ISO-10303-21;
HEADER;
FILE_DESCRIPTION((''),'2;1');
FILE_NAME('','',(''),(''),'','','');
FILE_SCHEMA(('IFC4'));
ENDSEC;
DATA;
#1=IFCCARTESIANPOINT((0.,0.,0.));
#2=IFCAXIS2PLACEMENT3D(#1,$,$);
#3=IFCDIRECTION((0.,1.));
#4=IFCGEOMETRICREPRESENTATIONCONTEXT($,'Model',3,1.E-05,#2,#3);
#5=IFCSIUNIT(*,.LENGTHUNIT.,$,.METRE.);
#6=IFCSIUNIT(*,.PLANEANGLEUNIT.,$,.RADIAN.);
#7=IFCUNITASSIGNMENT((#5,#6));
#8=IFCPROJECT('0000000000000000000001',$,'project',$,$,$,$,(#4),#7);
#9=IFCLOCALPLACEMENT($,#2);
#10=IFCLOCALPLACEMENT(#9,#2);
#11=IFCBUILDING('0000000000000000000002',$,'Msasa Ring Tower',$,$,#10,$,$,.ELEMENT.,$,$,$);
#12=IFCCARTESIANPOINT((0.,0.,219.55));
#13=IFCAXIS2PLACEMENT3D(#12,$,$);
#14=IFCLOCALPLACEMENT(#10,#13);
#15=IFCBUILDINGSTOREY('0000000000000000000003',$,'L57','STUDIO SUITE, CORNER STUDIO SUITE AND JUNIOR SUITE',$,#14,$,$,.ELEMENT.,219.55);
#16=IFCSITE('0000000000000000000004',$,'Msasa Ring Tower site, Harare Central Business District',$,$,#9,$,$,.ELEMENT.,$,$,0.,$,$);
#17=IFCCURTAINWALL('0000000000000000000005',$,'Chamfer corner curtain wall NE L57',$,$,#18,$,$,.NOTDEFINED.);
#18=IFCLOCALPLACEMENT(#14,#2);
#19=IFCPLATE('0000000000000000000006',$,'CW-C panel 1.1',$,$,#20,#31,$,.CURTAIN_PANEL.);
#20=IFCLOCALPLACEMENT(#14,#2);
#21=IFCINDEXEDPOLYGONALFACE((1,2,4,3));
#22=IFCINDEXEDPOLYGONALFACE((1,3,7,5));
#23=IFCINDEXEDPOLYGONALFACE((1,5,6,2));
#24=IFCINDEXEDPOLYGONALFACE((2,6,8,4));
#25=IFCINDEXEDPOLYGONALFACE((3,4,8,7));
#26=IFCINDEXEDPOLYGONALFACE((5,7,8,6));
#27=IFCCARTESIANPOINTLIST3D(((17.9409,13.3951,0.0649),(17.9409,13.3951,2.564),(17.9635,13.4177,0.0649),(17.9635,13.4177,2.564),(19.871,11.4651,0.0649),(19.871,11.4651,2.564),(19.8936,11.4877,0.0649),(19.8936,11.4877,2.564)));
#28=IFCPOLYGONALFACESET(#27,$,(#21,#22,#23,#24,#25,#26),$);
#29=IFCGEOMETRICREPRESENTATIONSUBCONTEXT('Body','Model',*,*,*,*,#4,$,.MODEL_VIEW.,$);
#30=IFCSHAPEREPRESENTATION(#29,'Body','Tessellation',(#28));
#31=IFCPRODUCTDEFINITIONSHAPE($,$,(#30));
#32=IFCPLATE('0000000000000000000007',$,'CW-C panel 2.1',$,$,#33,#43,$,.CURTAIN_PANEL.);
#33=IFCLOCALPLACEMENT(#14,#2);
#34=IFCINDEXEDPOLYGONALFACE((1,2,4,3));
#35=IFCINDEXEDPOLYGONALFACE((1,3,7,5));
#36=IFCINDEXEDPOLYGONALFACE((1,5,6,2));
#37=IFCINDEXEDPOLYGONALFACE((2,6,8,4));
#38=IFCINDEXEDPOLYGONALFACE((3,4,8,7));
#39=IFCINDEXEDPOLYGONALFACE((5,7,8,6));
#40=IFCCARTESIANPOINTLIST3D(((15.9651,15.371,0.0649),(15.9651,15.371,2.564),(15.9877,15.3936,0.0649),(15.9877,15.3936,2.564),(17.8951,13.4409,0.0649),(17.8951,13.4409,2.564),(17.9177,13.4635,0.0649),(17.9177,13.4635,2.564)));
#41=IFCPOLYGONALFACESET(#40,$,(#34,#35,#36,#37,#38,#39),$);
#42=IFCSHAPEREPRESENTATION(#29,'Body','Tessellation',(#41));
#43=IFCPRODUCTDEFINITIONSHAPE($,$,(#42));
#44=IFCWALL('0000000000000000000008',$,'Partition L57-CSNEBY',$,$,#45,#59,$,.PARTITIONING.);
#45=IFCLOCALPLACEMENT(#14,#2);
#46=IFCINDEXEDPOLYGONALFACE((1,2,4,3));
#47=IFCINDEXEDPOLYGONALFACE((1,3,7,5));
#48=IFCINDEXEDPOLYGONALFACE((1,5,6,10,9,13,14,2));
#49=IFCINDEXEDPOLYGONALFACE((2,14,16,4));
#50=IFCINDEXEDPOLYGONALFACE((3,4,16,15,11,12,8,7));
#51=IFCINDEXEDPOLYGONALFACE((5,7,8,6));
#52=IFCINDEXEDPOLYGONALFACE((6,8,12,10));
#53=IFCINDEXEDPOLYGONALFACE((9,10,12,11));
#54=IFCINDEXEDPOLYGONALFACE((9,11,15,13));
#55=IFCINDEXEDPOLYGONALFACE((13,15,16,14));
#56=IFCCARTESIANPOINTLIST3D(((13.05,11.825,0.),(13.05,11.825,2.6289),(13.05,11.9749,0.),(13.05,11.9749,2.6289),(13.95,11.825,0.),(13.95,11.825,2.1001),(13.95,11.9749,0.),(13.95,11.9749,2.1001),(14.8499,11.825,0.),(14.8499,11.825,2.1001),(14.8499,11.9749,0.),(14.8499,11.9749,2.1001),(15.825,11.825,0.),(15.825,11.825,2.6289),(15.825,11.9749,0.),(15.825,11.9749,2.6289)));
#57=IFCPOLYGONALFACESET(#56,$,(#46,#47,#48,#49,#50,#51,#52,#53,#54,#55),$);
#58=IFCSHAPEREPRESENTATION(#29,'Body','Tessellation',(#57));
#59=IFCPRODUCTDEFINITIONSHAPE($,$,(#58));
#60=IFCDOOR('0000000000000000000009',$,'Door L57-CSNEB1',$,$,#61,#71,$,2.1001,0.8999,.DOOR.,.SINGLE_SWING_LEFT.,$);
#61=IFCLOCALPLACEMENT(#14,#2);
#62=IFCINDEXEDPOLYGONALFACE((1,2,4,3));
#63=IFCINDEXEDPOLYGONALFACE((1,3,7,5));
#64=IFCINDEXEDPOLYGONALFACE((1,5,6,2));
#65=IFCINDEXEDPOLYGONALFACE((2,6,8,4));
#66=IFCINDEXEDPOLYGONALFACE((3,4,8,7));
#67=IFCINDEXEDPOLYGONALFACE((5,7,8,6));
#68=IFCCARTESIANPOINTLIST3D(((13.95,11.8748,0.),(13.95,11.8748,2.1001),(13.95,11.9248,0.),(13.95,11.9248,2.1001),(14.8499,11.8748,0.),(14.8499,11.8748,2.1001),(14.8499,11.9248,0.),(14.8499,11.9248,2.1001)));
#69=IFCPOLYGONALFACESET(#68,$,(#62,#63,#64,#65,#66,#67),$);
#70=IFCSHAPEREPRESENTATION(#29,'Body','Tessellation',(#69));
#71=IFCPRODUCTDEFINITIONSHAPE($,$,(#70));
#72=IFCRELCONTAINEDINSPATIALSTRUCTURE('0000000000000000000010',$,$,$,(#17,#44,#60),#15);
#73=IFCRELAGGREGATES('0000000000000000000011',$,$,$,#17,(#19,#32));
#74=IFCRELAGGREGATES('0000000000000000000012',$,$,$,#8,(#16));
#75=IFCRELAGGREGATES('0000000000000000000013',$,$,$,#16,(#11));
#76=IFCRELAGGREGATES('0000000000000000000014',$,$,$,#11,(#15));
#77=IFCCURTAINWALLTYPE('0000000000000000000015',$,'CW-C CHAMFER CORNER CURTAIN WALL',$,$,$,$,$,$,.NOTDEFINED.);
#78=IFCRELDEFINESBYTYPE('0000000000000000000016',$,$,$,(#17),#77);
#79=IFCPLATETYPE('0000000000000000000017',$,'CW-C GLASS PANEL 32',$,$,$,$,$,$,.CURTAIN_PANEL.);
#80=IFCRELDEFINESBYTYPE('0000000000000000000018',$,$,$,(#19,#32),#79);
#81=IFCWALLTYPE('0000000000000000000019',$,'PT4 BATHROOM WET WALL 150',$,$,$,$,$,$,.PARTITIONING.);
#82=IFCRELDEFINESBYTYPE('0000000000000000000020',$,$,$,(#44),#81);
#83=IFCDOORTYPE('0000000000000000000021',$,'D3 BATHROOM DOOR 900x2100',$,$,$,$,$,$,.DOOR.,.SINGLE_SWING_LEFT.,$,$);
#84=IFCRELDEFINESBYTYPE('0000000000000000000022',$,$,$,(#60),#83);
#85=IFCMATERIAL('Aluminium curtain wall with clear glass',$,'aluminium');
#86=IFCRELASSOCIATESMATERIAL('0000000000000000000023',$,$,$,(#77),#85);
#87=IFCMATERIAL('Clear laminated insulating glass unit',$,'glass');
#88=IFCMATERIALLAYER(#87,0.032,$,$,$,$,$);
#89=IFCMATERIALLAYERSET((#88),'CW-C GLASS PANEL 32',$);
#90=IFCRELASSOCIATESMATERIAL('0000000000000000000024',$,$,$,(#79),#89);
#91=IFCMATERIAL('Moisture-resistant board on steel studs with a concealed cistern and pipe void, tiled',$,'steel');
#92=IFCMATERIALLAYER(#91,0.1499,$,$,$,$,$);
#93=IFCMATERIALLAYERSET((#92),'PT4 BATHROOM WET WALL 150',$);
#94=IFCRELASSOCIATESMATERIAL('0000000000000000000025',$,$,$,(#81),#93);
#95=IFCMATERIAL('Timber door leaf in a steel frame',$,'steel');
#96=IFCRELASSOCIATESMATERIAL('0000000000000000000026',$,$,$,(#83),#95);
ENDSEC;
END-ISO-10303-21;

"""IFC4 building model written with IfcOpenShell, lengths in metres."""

from ifc_helpers import new_model, si_unit, direction, frame, frame_2d, origin, origin_2d, place, context, subcontext, project, spatial, rectangle, extrude, material, layer, layer_set, type_object, element, fill, aggregate, save


model = new_model("IFC4")

# Units and contexts
model_context = context("Model", 3, precision=1e-05, world=origin(), true_north=direction((0.0, 1.0)))
body_context = subcontext(model_context, "Body", "Model", "MODEL_VIEW")
ifc_project = project(units=[si_unit("LENGTHUNIT", "METRE"), si_unit("PLANEANGLEUNIT", "RADIAN")], contexts=[model_context])

# Site, building, storey
site_placement = place(None, origin())
site = spatial("IfcSite", under=ifc_project, at=site_placement, Name="Msasa Ring Tower site, Harare Central Business District", CompositionType="ELEMENT", RefElevation=0.0)
building_placement = place(site_placement, origin())
building = spatial("IfcBuilding", under=site, at=building_placement, Name="Msasa Ring Tower", CompositionType="ELEMENT")
storey_placement = place(building_placement, frame((0.0, 0.0, 219.55)))
storey = spatial("IfcBuildingStorey", under=building, at=storey_placement, Name="L57", Description="STUDIO SUITE, CORNER STUDIO SUITE AND JUNIOR SUITE", CompositionType="ELEMENT", Elevation=219.55)

# Curtain wall
ifc_material_1 = material(Name="Aluminium curtain wall with clear glass", Category="aluminium")
curtain_wall_type = type_object("IfcCurtainWallType", Name="CW-C CHAMFER CORNER CURTAIN WALL", PredefinedType="NOTDEFINED", material=ifc_material_1)
curtain_wall_1_placement = place(storey_placement, origin())
curtain_wall_1 = element("IfcCurtainWall", 1, at=curtain_wall_1_placement, inside=storey, type_object=curtain_wall_type, Name="Chamfer corner curtain wall NE L57", PredefinedType="NOTDEFINED")

# Plates
ifc_material_2 = material(Name="Clear laminated insulating glass unit", Category="glass")
ifc_layer_1 = layer(ifc_material_2, 0.032)
ifc_layer_set_1 = layer_set([ifc_layer_1], Name="CW-C GLASS PANEL 32")
plate_type = type_object("IfcPlateType", Name="CW-C GLASS PANEL 32", PredefinedType="CURTAIN_PANEL", material=ifc_layer_set_1)
plate_1_placement = place(storey_placement, frame((18.9172, 12.4414, 0.0649), z_axis=(0.0, 0.0, 1.0), x_axis=(-0.707107, 0.707107, 0.0)))
plate_1 = element("IfcPlate", 2, at=plate_1_placement, type_object=plate_type, Name="CW-C panel 1.1", PredefinedType="CURTAIN_PANEL", context=body_context, shape_type="SweptSolid", body=[
    extrude(rectangle(XDim=2.7295, YDim=0.032, at=origin_2d()), origin(), (0.0, 0.0, 1.0), 2.499),
])
plate_2_placement = place(storey_placement, frame((16.9414, 14.4172, 0.0649), z_axis=(0.0, 0.0, 1.0), x_axis=(-0.707107, 0.707107, 0.0)))
plate_2 = element("IfcPlate", 3, at=plate_2_placement, type_object=plate_type, Name="CW-C panel 2.1", PredefinedType="CURTAIN_PANEL", context=body_context, shape_type="SweptSolid", body=[
    extrude(rectangle(XDim=2.7295, YDim=0.032, at=origin_2d()), origin(), (0.0, 0.0, 1.0), 2.499),
])
aggregate(curtain_wall_1, [plate_1, plate_2])

# Wall, opening, door
ifc_material_3 = material(Name="Moisture-resistant board on steel studs with a concealed cistern and pipe void, tiled", Category="steel")
ifc_layer_2 = layer(ifc_material_3, 0.1499)
ifc_layer_set_2 = layer_set([ifc_layer_2], Name="PT4 BATHROOM WET WALL 150")
wall_type = type_object("IfcWallType", Name="PT4 BATHROOM WET WALL 150", PredefinedType="PARTITIONING", material=ifc_layer_set_2)
wall_placement = place(storey_placement, frame((13.05, 11.8999, 0.0), z_axis=(0.0, 0.0, 1.0), x_axis=(1.0, 0.0, 0.0)))
wall = element("IfcWall", 4, at=wall_placement, inside=storey, type_object=wall_type, Name="Partition L57-CSNEBY", PredefinedType="PARTITIONING", context=body_context, shape_type="SweptSolid", body=[
    extrude(rectangle(XDim=2.7749, YDim=0.1499, at=frame_2d((1.3875, 0.0))), origin(), (0.0, 0.0, 1.0), 2.6289),
])
opening_placement = place(wall_placement, frame((0.8999, 0.0, 0.0)))
opening = element("IfcOpeningElement", 5, at=opening_placement, cuts=wall, PredefinedType="OPENING", context=body_context, shape_type="SweptSolid", body=[
    extrude(rectangle(XDim=0.8999, YDim=2.1001, at=frame_2d((0.45, 1.05))), frame((0.0, 0.085, 0.0), z_axis=(0.0, -1.0, 0.0), x_axis=(1.0, 0.0, 0.0)), (0.0, 0.0, 1.0), 0.1699),
])
ifc_material_4 = material(Name="Timber door leaf in a steel frame", Category="steel")
door_type = type_object("IfcDoorType", Name="D3 BATHROOM DOOR 900x2100", OperationType="SINGLE_SWING_LEFT", PredefinedType="DOOR", material=ifc_material_4)
door_placement = place(opening_placement, origin())
door = element("IfcDoor", 6, at=door_placement, inside=storey, type_object=door_type, Name="Door L57-CSNEB1", OperationType="SINGLE_SWING_LEFT", OverallHeight=2.1001, OverallWidth=0.8999, PredefinedType="DOOR", context=body_context, shape_type="SweptSolid", body=[
    extrude(rectangle(XDim=0.8999, YDim=2.1001, at=frame_2d((0.45, 1.05))), frame((0.0, 0.0249, 0.0), z_axis=(0.0, -1.0, 0.0), x_axis=(1.0, 0.0, 0.0)), (0.0, 0.0, 1.0), 0.05),
])
fill(opening, door)

save(model, "model.ifc")
